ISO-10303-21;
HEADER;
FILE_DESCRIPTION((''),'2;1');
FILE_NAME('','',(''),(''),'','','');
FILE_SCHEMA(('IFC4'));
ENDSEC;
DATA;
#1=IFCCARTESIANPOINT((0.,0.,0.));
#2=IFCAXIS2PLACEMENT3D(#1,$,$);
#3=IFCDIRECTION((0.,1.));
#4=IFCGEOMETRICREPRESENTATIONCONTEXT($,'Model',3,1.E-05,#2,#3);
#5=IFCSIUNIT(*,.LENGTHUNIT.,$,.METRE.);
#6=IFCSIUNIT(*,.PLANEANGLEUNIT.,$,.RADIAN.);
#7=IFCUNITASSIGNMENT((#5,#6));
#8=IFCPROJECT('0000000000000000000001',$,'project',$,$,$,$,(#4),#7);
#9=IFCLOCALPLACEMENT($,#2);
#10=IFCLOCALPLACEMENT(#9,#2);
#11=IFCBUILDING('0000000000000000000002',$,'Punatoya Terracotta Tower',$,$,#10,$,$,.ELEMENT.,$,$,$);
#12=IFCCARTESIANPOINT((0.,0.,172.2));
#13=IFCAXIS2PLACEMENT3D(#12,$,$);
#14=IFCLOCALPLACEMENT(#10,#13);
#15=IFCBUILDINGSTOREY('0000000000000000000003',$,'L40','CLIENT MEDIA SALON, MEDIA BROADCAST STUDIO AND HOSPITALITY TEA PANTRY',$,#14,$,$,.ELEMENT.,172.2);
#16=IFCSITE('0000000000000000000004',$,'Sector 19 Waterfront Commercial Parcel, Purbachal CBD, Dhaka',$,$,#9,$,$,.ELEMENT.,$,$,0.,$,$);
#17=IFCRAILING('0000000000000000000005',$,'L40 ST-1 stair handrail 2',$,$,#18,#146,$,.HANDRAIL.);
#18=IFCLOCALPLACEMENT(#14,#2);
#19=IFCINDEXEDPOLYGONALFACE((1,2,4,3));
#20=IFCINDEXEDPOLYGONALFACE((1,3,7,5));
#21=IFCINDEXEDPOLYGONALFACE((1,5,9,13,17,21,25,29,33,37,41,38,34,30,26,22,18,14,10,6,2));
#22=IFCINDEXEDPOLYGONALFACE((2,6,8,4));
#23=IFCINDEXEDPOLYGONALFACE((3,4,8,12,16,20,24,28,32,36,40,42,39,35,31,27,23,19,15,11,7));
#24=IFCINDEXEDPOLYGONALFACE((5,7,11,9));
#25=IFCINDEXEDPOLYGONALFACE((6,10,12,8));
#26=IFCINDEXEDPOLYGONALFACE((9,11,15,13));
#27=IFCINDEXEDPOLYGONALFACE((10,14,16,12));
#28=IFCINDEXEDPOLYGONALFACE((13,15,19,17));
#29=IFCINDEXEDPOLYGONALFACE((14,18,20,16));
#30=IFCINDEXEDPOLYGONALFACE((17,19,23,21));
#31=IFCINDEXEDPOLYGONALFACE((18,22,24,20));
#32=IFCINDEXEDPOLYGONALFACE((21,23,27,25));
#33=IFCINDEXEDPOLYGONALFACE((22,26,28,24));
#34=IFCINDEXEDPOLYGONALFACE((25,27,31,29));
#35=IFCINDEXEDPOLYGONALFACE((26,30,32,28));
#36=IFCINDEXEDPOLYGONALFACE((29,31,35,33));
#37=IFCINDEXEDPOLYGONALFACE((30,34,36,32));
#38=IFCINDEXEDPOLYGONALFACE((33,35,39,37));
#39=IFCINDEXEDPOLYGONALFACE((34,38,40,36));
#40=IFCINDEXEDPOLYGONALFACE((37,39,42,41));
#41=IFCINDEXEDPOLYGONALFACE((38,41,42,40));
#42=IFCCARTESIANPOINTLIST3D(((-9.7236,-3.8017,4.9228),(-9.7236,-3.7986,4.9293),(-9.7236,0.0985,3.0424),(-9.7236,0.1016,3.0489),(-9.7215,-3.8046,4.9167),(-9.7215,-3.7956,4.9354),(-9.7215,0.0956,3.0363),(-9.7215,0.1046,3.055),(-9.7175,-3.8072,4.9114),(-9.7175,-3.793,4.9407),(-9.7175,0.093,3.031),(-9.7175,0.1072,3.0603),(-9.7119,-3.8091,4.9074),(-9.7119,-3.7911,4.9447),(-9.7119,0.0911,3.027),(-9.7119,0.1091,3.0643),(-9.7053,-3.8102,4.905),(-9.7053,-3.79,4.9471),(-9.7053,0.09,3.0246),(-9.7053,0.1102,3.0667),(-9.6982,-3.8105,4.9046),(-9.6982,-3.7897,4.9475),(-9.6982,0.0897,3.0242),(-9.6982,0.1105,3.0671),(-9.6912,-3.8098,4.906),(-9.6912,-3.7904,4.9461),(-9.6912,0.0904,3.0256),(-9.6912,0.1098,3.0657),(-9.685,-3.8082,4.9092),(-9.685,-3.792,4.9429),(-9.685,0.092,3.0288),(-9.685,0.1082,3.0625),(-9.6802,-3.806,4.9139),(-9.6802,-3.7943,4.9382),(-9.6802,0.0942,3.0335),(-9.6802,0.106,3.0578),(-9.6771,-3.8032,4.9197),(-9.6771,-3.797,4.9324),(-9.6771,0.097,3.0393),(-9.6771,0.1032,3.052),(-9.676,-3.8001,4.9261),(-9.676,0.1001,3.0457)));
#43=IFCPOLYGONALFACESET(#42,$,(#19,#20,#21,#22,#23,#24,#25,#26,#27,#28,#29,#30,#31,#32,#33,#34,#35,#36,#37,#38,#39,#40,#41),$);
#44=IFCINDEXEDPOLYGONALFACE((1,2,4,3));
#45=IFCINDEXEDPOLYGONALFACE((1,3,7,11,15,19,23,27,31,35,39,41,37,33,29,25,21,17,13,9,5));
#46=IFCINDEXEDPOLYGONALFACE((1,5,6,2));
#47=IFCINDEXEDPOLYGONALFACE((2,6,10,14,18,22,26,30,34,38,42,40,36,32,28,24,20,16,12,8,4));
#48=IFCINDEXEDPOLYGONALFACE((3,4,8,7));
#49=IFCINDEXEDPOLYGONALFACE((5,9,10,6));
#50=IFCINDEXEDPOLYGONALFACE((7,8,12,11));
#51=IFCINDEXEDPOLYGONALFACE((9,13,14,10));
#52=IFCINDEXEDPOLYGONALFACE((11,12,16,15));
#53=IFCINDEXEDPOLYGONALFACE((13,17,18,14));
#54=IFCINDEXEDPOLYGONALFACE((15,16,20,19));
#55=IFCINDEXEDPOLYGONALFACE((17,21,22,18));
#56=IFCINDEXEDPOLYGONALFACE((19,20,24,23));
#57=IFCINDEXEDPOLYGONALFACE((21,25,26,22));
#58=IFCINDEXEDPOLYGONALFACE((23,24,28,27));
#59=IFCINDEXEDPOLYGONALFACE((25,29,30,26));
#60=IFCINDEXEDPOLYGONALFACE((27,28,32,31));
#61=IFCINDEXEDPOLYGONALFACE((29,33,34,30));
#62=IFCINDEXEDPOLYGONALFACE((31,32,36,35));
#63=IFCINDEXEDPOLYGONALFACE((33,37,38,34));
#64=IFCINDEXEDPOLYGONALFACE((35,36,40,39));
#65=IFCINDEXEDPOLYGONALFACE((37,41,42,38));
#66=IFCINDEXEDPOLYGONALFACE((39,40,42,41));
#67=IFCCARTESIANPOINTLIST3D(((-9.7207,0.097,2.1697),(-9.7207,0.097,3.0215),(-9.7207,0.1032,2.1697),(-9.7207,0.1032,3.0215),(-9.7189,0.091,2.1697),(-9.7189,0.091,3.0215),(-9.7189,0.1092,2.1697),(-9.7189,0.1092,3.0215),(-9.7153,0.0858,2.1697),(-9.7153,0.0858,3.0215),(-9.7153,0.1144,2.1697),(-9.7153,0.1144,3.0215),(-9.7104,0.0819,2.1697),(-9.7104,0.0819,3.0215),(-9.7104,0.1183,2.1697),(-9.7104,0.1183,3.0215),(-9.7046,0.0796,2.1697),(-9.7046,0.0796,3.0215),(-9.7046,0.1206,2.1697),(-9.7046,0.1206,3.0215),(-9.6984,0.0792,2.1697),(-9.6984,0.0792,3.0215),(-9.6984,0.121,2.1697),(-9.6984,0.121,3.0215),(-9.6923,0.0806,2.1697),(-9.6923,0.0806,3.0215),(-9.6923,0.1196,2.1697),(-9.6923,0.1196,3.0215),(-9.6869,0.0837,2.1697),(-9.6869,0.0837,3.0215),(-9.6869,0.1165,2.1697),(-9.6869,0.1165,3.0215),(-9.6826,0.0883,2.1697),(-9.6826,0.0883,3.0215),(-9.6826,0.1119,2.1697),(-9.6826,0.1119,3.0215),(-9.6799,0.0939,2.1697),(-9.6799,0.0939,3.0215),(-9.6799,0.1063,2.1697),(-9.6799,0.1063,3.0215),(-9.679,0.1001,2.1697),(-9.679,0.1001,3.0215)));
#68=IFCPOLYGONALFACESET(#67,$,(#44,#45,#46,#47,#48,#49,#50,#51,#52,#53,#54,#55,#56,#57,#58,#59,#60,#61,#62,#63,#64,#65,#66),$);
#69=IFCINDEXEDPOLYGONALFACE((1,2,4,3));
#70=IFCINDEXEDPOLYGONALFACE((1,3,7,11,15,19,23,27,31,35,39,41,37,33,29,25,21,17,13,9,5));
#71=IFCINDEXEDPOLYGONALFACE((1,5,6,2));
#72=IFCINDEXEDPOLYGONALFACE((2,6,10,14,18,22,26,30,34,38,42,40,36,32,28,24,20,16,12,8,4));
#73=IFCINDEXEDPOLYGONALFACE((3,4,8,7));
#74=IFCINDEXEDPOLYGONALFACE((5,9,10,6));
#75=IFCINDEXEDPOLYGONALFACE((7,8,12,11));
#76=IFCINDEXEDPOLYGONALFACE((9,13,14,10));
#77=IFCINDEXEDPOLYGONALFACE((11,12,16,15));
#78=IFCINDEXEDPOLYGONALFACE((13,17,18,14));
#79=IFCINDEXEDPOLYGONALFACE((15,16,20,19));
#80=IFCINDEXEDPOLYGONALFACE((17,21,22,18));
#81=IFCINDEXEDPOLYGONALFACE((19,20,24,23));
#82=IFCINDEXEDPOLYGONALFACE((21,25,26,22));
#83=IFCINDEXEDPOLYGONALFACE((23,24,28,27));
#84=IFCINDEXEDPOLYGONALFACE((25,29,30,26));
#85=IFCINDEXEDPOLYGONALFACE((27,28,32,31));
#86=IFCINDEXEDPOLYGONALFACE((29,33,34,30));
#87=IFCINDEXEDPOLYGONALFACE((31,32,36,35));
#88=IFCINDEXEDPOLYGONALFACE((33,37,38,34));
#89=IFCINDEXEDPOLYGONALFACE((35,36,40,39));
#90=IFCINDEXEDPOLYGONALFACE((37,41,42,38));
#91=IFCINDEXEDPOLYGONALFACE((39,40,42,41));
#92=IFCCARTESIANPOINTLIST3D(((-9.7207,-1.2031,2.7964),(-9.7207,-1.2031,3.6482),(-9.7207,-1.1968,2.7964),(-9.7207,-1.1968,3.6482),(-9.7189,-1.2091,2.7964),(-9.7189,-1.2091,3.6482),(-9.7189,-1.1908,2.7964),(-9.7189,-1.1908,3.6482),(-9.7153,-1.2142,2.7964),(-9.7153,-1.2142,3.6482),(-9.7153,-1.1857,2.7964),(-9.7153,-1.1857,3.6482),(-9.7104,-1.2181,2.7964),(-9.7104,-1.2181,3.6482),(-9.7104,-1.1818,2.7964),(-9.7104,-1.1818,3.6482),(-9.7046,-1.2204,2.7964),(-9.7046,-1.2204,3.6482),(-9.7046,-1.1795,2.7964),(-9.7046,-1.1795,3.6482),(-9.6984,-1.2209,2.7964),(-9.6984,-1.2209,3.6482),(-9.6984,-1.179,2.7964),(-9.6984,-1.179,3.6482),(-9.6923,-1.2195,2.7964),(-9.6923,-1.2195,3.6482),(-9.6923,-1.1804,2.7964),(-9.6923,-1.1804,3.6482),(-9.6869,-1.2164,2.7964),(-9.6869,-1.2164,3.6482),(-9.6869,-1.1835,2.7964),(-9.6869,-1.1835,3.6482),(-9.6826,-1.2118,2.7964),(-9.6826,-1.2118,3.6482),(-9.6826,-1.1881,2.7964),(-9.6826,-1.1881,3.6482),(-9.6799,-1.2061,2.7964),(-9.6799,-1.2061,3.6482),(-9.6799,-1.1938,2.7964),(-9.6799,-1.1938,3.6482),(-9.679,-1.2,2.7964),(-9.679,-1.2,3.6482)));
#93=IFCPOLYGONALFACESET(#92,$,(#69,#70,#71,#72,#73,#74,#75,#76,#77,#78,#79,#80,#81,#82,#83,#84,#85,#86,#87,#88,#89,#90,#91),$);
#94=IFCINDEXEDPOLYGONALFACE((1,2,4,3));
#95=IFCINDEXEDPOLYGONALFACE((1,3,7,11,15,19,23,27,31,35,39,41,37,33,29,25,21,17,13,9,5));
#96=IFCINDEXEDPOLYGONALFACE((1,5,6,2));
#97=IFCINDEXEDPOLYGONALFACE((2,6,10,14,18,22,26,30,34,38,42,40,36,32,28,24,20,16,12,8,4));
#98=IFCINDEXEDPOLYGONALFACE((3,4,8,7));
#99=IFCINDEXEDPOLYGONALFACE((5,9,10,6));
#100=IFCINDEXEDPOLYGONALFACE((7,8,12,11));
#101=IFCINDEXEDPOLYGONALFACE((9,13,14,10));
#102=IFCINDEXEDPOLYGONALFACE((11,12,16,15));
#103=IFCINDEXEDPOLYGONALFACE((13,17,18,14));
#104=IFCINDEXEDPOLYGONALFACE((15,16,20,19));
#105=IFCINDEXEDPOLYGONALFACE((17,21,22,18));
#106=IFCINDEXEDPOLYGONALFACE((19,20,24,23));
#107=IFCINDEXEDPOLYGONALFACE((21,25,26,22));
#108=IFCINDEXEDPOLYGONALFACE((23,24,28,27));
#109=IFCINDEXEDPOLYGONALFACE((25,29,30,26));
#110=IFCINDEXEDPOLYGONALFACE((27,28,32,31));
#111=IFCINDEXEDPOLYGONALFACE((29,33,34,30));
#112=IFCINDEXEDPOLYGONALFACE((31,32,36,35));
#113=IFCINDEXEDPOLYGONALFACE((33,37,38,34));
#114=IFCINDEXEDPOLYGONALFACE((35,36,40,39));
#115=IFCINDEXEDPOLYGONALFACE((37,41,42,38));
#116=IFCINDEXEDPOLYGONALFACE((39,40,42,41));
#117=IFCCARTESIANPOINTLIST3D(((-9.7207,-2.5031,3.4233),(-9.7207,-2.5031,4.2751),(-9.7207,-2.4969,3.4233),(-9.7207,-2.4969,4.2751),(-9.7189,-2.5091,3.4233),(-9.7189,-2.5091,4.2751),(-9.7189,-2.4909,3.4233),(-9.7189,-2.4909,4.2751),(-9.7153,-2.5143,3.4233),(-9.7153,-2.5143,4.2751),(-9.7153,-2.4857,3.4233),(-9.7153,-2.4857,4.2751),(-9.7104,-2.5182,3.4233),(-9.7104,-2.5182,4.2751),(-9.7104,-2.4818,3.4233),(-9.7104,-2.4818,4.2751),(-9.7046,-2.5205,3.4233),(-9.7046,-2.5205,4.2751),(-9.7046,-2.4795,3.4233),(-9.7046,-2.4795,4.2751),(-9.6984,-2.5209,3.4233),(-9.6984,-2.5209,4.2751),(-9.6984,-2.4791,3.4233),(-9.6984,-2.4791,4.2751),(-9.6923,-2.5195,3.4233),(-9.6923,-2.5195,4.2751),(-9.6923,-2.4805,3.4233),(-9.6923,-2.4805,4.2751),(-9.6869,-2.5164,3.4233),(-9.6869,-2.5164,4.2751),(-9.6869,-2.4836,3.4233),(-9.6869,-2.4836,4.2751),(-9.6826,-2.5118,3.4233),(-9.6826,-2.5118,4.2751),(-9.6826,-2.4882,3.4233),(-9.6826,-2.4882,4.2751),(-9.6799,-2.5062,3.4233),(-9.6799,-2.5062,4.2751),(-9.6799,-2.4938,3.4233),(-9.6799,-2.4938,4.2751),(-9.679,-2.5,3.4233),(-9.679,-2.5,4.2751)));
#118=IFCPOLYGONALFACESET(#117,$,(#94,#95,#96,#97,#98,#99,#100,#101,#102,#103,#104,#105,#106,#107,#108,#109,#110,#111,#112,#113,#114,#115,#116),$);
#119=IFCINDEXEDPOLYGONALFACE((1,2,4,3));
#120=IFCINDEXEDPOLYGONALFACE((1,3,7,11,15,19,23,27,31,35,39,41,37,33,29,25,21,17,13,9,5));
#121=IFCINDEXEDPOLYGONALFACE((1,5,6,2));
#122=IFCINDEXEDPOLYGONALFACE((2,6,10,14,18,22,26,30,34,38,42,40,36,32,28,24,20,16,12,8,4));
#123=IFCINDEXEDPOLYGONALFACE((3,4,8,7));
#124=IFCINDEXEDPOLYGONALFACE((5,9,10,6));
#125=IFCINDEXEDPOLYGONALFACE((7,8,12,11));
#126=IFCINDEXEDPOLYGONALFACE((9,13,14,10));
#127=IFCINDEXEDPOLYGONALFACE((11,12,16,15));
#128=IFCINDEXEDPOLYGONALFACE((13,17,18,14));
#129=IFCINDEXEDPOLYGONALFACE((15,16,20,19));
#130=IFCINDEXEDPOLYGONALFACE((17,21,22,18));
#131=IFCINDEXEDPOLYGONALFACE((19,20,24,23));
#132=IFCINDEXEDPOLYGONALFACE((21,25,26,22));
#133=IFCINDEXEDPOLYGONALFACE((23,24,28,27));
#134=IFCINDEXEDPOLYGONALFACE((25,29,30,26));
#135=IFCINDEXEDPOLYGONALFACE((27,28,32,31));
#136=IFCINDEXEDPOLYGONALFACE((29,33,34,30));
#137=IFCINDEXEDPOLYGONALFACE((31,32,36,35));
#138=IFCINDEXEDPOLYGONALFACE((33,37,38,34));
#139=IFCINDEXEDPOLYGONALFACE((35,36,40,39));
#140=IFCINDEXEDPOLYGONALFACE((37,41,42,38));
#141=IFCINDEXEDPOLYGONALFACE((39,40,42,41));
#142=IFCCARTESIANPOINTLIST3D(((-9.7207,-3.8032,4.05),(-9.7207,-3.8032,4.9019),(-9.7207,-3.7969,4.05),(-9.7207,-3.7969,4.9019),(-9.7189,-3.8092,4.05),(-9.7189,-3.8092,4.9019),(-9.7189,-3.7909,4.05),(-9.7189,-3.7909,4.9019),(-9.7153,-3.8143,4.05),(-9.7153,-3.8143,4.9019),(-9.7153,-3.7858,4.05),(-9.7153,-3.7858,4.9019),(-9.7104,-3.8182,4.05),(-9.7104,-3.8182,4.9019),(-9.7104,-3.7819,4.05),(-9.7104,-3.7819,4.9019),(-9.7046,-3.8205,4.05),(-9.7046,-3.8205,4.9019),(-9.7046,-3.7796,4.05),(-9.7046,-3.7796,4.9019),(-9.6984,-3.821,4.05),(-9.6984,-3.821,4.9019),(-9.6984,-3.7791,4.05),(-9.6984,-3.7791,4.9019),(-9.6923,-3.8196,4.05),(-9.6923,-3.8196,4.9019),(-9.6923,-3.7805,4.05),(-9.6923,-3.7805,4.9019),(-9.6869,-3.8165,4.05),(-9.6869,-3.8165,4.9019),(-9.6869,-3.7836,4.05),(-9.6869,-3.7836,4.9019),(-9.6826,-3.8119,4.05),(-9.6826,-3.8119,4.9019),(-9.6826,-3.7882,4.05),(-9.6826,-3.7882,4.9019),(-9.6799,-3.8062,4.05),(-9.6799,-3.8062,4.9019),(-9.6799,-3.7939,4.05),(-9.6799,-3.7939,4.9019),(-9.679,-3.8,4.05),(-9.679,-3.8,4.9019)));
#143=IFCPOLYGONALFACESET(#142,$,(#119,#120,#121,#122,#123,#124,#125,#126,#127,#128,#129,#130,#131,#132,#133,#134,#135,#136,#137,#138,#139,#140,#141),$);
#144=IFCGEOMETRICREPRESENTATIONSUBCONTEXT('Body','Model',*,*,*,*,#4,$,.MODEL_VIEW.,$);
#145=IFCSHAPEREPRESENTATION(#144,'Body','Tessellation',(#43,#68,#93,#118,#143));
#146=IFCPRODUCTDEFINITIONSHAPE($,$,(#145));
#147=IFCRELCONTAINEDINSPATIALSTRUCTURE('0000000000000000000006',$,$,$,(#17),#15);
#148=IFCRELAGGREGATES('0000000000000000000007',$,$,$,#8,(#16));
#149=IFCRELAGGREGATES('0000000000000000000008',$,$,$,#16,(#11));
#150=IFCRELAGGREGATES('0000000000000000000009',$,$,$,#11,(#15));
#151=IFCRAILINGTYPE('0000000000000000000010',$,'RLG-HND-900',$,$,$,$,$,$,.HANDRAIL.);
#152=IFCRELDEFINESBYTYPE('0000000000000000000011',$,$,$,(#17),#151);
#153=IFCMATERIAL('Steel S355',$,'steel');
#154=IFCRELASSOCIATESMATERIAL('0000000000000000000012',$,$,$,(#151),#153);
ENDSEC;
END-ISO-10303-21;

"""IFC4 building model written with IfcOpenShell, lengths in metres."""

from ifc_helpers import new_model, si_unit, direction, frame, origin, origin_2d, place, context, subcontext, project, spatial, circle, extrude, material, type_object, element, save


model = new_model("IFC4")

# Units and contexts
model_context = context("Model", 3, precision=1e-05, world=origin(), true_north=direction((0.0, 1.0)))
body_context = subcontext(model_context, "Body", "Model", "MODEL_VIEW")
ifc_project = project(units=[si_unit("LENGTHUNIT", "METRE"), si_unit("PLANEANGLEUNIT", "RADIAN")], contexts=[model_context])

# Site, building, storey
site_placement = place(None, origin())
site = spatial("IfcSite", under=ifc_project, at=site_placement, Name="Sector 19 Waterfront Commercial Parcel, Purbachal CBD, Dhaka", CompositionType="ELEMENT", RefElevation=0.0)
building_placement = place(site_placement, origin())
building = spatial("IfcBuilding", under=site, at=building_placement, Name="Punatoya Terracotta Tower", CompositionType="ELEMENT")
storey_placement = place(building_placement, frame((0.0, 0.0, 172.2)))
storey = spatial("IfcBuildingStorey", under=building, at=storey_placement, Name="L40", Description="CLIENT MEDIA SALON, MEDIA BROADCAST STUDIO AND HOSPITALITY TEA PANTRY", CompositionType="ELEMENT", Elevation=172.2)

# Shared definitions
ifc_material_1 = material(Name="Steel S355", Category="steel")

# Railing
railing_type_1 = type_object("IfcRailingType", Name="RLG-HND-900", PredefinedType="HANDRAIL", material=ifc_material_1)
railing_1_placement = place(storey_placement, frame((-9.7, 0.1001, 2.1697)))
element("IfcRailing", 1, at=railing_1_placement, inside=storey, type_object=railing_type_1, Name="L40 ST-1 stair handrail 2", PredefinedType="HANDRAIL", context=body_context, shape_type="SweptSolid", body=[
    extrude(circle(Radius=0.0239, at=origin_2d()), frame((0.0, 0.0, 0.876), z_axis=(0.0, -0.900774, 0.434289), x_axis=(1.0, 0.0, 0.0)), (0.0, 0.0, 1.0), 4.3298),
    extrude(circle(Radius=0.021, at=origin_2d()), origin(), (0.0, 0.0, 1.0), 0.8518),
    extrude(circle(Radius=0.021, at=origin_2d()), frame((0.0, -1.3, 0.6267)), (0.0, 0.0, 1.0), 0.8518),
    extrude(circle(Radius=0.021, at=origin_2d()), frame((0.0, -2.6001, 1.2537)), (0.0, 0.0, 1.0), 0.8518),
    extrude(circle(Radius=0.021, at=origin_2d()), frame((0.0, -3.9001, 1.8804)), (0.0, 0.0, 1.0), 0.8518),
])

save(model, "model.ifc")
